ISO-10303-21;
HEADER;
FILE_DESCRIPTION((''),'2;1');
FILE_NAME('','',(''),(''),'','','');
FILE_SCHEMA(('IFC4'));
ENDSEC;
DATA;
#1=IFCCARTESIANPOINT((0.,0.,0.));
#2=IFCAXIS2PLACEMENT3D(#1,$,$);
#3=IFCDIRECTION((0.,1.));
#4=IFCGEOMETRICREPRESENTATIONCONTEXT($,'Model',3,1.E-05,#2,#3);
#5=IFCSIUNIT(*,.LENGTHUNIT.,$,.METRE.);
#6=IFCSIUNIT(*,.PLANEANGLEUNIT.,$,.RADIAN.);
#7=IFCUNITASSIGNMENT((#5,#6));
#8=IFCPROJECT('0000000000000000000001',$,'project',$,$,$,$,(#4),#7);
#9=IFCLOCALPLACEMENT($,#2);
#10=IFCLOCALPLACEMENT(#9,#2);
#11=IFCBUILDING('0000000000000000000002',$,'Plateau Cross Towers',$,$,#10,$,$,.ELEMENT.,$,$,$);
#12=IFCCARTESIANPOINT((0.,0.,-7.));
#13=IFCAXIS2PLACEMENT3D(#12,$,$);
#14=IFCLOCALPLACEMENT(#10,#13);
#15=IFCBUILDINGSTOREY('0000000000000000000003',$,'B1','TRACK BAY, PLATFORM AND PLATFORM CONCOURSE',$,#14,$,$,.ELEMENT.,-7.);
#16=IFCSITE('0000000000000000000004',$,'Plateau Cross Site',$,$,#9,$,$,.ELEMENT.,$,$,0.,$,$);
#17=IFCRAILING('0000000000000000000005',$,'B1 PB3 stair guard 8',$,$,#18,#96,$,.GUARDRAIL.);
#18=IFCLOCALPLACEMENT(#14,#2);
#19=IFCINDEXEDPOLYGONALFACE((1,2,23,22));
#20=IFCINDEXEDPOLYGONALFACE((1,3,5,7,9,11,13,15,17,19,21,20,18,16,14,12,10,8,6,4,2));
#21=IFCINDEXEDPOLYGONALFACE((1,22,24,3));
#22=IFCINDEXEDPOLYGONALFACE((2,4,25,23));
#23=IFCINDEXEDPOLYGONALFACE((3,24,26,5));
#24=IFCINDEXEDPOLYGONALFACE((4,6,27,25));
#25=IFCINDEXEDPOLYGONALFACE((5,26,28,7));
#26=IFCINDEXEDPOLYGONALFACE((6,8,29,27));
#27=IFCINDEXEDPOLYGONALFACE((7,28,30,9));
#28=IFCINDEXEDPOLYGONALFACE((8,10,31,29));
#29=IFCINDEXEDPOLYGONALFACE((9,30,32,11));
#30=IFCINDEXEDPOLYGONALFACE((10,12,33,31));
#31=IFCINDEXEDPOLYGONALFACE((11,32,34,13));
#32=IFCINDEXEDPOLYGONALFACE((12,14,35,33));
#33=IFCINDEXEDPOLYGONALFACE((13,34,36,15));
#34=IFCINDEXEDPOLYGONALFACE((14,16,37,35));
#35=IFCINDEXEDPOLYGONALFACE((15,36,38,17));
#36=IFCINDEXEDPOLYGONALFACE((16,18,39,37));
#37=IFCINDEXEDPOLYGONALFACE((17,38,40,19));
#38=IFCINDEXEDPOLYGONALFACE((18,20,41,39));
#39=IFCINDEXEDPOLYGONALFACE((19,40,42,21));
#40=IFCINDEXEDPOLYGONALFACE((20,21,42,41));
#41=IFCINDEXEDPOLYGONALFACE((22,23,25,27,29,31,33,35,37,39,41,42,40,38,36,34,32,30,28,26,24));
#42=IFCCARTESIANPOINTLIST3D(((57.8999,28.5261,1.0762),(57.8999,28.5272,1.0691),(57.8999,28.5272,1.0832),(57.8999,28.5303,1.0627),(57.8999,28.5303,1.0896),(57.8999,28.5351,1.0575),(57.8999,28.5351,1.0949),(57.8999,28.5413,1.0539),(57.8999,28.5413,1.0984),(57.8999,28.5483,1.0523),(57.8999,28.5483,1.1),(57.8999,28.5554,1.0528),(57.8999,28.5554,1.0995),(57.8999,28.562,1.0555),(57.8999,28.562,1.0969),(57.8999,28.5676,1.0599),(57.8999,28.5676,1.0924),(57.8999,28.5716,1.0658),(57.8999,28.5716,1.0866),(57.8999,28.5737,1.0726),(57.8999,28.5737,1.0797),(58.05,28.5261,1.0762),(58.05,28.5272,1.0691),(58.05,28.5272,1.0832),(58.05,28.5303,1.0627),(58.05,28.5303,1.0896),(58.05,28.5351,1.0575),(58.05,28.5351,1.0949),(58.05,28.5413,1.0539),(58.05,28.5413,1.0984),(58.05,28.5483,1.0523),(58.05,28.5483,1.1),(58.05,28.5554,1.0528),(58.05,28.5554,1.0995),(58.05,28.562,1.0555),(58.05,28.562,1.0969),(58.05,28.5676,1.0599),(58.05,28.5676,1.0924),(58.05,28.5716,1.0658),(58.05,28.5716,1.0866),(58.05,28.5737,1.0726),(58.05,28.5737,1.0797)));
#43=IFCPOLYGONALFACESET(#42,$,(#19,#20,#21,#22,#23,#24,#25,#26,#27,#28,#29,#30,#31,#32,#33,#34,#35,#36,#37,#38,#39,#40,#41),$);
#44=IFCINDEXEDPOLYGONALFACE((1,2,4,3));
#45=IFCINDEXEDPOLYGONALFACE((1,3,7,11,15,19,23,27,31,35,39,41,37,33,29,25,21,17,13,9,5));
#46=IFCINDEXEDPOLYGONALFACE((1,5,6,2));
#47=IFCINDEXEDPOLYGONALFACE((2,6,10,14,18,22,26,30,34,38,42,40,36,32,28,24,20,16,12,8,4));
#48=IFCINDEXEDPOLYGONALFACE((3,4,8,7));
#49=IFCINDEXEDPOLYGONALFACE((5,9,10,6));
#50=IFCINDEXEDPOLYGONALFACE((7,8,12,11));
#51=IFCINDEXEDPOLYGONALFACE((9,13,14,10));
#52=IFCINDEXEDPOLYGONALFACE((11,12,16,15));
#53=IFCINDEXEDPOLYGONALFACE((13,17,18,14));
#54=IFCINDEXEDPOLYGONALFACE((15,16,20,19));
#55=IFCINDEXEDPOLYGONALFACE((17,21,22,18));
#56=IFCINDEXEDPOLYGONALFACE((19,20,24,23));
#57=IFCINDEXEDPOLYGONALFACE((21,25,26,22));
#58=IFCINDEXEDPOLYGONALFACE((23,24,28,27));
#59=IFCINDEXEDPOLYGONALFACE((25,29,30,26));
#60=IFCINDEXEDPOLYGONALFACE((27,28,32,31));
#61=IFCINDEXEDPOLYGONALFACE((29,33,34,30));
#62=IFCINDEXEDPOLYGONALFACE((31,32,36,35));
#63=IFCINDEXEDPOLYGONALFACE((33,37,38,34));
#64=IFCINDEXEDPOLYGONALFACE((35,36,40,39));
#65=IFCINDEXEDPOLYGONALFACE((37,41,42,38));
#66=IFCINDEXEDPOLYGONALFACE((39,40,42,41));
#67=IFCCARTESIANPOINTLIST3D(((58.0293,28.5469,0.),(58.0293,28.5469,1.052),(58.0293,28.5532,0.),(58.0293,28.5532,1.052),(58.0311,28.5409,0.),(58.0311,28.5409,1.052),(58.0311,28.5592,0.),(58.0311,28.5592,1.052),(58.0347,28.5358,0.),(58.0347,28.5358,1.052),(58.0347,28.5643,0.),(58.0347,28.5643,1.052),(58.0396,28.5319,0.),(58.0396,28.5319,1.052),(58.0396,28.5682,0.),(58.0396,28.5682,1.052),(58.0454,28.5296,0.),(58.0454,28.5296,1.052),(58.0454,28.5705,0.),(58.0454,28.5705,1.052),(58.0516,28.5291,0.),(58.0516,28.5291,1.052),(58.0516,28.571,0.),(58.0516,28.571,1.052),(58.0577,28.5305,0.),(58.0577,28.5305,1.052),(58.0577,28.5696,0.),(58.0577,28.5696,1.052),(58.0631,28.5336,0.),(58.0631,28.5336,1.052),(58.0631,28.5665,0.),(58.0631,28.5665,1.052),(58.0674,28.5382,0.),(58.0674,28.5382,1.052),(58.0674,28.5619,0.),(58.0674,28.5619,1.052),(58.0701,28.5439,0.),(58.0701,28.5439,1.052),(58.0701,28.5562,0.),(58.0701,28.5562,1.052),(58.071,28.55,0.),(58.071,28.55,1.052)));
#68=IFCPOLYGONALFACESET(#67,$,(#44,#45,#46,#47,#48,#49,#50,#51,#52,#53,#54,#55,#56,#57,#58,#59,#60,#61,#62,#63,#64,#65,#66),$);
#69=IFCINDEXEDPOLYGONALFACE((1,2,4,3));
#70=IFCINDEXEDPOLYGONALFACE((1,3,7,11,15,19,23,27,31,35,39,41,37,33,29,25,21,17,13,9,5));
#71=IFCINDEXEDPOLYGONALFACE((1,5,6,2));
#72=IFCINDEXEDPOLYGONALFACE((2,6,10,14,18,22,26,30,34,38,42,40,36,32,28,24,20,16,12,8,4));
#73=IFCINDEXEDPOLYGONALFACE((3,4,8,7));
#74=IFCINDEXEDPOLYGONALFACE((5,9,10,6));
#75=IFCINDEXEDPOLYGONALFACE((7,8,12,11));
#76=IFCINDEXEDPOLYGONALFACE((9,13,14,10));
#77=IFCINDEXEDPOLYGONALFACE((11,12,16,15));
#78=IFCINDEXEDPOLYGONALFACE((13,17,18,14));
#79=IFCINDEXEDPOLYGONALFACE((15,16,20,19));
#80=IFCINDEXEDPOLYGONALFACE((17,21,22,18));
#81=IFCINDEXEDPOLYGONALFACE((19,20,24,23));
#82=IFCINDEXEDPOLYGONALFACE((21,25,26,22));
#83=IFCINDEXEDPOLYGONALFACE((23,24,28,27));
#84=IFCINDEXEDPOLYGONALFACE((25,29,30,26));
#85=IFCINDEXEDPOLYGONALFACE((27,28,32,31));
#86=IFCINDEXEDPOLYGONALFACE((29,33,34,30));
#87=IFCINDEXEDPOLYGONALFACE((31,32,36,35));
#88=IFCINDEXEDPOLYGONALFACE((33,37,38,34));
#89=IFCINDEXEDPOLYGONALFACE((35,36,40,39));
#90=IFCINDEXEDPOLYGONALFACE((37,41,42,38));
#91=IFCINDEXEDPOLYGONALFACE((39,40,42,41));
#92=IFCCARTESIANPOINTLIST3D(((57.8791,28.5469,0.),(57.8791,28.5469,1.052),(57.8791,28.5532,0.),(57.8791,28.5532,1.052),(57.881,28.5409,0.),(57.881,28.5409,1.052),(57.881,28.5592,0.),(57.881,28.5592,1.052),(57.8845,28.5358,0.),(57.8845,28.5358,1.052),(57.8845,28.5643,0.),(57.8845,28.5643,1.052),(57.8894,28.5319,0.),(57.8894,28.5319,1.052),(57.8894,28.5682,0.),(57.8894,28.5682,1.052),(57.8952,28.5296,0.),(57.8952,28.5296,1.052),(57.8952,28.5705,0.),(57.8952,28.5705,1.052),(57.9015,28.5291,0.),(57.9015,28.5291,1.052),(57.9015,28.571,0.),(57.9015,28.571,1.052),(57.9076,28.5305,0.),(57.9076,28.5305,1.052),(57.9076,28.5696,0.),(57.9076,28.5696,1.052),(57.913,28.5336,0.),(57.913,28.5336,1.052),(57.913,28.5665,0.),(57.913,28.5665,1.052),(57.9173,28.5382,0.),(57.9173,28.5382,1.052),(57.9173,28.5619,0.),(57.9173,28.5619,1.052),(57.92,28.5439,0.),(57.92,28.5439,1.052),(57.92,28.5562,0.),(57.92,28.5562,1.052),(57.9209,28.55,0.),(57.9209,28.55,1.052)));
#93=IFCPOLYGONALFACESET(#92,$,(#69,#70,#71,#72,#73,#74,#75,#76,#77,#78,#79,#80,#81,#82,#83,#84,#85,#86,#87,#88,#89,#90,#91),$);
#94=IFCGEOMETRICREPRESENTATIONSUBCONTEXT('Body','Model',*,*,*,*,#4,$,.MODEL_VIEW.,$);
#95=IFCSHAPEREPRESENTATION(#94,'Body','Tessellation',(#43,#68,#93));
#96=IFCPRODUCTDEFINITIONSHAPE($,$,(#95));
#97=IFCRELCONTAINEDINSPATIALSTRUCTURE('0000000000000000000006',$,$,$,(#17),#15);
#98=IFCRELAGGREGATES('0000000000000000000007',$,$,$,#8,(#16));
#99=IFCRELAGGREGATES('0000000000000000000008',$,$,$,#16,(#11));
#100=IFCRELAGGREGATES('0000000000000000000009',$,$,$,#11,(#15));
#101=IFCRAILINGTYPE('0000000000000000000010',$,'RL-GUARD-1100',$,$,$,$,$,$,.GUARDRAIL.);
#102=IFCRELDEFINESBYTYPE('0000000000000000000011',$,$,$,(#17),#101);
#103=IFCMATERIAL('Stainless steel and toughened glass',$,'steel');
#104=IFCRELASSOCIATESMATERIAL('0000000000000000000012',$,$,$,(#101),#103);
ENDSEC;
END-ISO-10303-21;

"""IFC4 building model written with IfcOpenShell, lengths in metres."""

from ifc_helpers import new_model, si_unit, direction, frame, origin, origin_2d, place, context, subcontext, project, spatial, circle, extrude, material, type_object, element, save


model = new_model("IFC4")

# Units and contexts
model_context = context("Model", 3, precision=1e-05, world=origin(), true_north=direction((0.0, 1.0)))
body_context = subcontext(model_context, "Body", "Model", "MODEL_VIEW")
ifc_project = project(units=[si_unit("LENGTHUNIT", "METRE"), si_unit("PLANEANGLEUNIT", "RADIAN")], contexts=[model_context])

# Site, building, storey
site_placement = place(None, origin())
site = spatial("IfcSite", under=ifc_project, at=site_placement, Name="Plateau Cross Site", CompositionType="ELEMENT", RefElevation=0.0)
building_placement = place(site_placement, origin())
building = spatial("IfcBuilding", under=site, at=building_placement, Name="Plateau Cross Towers", CompositionType="ELEMENT")
storey_placement = place(building_placement, frame((0.0, 0.0, -7.0)))
storey = spatial("IfcBuildingStorey", under=building, at=storey_placement, Name="B1", Description="TRACK BAY, PLATFORM AND PLATFORM CONCOURSE", CompositionType="ELEMENT", Elevation=-7.0)

# Railing
ifc_material_1 = material(Name="Stainless steel and toughened glass", Category="steel")
railing_type_1 = type_object("IfcRailingType", Name="RL-GUARD-1100", PredefinedType="GUARDRAIL", material=ifc_material_1)
railing_1_placement = place(storey_placement, frame((58.05, 28.55, 0.0)))
element("IfcRailing", 1, at=railing_1_placement, inside=storey, type_object=railing_type_1, Name="B1 PB3 stair guard 8", PredefinedType="GUARDRAIL", context=body_context, shape_type="SweptSolid", body=[
    extrude(circle(Radius=0.0239, at=origin_2d()), frame((0.0, 0.0, 1.0762), z_axis=(-1.0, 0.0, 0.0), x_axis=(0.0, -1.0, 0.0)), (0.0, 0.0, 1.0), 0.1501),
    extrude(circle(Radius=0.021, at=origin_2d()), origin(), (0.0, 0.0, 1.0), 1.052),
    extrude(circle(Radius=0.021, at=origin_2d()), frame((-0.1501, 0.0, 0.0)), (0.0, 0.0, 1.0), 1.052),
])

save(model, "model.ifc")
